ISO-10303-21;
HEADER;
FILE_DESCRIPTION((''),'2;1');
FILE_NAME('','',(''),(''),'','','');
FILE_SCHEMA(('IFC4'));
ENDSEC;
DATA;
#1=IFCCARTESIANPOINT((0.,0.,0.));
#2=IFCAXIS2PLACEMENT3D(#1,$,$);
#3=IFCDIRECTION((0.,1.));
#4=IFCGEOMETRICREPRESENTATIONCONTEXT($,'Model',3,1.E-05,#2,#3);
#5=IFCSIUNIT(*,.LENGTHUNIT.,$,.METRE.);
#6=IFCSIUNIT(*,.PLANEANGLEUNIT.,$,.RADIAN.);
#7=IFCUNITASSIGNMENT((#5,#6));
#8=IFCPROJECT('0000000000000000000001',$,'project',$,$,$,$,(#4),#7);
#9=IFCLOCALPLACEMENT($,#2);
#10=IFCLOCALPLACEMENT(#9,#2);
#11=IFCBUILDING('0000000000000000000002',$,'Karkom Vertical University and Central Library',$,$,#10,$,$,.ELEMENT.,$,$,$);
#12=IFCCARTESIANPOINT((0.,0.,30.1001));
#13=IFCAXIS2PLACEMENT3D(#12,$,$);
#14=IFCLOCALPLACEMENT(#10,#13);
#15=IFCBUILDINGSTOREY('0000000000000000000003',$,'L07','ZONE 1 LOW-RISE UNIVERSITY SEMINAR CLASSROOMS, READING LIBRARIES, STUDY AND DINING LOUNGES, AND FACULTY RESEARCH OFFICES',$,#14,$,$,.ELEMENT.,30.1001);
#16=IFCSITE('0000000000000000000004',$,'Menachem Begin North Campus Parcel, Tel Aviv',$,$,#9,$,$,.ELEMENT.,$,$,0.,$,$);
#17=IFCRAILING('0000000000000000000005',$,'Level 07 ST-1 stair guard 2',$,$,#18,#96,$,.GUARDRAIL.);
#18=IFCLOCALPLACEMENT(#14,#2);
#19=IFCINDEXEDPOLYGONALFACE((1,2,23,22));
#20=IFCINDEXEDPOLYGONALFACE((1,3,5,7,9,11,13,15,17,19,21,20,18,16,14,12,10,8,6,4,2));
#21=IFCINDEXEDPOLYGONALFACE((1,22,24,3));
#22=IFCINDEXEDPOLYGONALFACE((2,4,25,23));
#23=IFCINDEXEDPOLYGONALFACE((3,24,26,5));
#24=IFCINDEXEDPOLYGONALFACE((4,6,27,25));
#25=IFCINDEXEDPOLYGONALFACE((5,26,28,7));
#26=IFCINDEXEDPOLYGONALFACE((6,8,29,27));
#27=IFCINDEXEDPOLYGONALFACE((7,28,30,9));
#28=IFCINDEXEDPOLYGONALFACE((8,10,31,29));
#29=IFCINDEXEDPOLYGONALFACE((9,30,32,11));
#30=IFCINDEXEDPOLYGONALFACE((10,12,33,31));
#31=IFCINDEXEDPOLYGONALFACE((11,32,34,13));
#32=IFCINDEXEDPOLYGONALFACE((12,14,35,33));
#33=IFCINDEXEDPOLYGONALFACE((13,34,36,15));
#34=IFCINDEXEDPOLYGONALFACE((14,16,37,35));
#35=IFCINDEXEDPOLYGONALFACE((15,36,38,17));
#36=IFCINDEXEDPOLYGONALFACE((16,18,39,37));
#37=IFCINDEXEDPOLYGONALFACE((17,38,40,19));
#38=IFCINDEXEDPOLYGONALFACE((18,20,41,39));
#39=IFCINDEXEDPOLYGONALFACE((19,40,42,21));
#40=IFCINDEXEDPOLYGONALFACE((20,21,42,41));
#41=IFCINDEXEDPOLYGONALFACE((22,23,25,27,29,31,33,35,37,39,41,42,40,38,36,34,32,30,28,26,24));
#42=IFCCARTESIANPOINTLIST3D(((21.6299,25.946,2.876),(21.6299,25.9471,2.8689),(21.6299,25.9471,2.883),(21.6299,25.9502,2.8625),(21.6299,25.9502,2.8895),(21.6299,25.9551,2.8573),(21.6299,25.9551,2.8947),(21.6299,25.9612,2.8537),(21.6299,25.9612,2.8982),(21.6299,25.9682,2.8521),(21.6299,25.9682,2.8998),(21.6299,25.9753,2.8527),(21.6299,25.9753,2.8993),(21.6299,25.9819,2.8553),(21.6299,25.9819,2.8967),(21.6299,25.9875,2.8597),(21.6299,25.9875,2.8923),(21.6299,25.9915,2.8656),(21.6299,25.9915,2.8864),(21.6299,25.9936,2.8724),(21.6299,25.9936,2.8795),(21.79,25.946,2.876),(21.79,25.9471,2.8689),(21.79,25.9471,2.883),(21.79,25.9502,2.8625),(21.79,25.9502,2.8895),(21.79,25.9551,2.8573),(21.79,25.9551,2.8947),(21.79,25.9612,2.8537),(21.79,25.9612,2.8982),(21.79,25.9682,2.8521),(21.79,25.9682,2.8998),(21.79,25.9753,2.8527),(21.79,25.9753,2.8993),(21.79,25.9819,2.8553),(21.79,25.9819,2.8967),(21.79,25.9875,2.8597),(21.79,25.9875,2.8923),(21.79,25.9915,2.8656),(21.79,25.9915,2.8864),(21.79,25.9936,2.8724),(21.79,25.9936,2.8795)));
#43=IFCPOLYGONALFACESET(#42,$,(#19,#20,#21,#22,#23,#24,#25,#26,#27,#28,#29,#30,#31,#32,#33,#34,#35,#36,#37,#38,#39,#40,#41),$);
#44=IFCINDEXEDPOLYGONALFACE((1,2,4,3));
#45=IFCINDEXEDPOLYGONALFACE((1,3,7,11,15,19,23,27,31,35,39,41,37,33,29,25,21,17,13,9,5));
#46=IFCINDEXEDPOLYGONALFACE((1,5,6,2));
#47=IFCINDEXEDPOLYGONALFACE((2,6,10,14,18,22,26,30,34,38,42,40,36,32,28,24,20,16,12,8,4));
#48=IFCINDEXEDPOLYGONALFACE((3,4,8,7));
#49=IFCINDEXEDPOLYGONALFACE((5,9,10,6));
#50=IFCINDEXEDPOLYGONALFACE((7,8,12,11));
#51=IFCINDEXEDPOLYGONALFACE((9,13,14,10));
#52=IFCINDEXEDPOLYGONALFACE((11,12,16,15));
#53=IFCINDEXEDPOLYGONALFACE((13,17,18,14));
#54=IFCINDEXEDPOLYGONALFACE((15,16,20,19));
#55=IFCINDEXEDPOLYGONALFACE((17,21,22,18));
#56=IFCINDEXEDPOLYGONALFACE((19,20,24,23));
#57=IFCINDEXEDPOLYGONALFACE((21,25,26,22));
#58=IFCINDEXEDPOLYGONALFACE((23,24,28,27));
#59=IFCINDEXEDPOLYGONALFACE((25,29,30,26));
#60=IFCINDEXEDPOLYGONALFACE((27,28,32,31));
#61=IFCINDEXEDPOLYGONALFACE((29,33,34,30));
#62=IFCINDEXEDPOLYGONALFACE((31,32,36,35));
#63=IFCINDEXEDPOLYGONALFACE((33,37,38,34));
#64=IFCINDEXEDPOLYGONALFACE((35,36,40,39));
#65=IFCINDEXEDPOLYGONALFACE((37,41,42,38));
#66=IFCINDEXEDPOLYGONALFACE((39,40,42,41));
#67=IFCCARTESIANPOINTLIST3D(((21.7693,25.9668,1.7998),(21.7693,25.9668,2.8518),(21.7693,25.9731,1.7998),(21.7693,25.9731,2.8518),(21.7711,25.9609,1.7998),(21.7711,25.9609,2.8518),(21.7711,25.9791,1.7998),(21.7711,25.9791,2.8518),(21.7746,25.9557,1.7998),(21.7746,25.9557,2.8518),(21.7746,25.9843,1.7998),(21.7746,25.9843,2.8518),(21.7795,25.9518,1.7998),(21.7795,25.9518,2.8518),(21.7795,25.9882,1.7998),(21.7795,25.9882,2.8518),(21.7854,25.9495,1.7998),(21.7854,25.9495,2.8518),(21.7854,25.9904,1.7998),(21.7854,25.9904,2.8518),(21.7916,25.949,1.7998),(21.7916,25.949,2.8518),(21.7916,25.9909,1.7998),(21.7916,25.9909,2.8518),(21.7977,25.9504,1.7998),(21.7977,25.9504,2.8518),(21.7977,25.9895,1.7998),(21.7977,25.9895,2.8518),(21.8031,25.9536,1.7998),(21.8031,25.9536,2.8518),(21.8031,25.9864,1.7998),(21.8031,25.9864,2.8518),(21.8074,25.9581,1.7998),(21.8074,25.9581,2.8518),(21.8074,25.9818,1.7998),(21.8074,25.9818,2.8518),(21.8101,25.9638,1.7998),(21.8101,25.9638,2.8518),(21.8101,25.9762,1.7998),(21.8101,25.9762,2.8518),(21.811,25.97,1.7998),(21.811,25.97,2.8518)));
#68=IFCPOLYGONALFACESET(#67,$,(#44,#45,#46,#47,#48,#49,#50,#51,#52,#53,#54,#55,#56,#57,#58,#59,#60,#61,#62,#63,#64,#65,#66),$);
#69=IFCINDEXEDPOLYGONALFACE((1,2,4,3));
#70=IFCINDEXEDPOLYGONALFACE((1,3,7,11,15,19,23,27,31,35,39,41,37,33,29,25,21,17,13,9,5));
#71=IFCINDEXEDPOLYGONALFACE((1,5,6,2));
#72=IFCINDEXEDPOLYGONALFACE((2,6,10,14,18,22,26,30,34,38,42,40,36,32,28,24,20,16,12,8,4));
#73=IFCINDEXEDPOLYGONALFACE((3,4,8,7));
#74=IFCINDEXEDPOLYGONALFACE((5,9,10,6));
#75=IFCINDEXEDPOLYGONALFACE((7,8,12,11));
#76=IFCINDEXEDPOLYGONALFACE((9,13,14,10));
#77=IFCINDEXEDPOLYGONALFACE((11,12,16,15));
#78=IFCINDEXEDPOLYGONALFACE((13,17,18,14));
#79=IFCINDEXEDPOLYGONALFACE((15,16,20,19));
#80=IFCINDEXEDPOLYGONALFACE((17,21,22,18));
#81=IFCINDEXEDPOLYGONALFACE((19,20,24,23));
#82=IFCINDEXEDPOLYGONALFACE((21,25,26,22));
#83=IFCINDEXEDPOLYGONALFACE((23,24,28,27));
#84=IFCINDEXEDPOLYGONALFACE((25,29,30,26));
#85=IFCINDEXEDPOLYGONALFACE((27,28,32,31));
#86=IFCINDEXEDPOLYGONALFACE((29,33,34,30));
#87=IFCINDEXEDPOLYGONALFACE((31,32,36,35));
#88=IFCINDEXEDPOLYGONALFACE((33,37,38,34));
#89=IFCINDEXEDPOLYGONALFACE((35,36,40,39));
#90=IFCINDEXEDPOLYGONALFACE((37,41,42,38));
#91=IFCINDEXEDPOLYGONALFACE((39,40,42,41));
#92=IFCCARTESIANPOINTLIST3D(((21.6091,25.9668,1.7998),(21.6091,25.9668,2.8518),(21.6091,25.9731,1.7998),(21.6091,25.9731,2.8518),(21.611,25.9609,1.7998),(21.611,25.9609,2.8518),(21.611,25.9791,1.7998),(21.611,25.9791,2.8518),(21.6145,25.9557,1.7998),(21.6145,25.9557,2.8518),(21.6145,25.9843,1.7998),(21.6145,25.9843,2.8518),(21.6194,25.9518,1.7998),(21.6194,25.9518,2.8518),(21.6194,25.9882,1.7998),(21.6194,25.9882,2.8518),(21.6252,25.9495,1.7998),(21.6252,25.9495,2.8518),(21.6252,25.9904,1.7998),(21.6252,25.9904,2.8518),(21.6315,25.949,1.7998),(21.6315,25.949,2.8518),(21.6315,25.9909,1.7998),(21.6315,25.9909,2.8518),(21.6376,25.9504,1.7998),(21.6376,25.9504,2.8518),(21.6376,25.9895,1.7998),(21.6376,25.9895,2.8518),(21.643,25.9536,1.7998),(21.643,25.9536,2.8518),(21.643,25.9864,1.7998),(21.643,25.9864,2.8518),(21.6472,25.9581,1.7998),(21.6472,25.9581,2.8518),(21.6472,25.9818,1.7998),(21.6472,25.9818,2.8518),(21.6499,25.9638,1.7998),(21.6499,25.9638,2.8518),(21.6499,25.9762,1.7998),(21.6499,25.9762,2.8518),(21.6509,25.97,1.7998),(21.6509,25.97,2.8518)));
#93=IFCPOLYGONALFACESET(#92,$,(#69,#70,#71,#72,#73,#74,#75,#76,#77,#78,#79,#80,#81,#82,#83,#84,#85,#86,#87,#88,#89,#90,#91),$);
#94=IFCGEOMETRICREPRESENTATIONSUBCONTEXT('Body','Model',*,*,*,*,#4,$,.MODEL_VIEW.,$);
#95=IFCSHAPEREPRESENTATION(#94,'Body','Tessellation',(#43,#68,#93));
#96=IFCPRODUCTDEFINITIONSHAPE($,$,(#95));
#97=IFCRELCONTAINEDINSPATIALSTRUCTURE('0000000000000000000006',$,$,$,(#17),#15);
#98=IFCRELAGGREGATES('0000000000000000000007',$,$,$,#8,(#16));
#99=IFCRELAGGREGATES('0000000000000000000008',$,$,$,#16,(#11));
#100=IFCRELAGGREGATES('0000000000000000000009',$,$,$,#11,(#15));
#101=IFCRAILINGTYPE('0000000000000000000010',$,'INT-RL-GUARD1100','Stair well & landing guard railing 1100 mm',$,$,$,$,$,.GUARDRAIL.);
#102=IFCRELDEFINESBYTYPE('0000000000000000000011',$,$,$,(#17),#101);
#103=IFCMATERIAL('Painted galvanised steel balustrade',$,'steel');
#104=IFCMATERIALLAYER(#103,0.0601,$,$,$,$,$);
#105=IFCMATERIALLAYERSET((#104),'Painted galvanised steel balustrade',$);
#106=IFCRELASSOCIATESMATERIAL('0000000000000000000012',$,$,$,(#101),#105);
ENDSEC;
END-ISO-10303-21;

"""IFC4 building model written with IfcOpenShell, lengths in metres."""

from ifc_helpers import new_model, si_unit, direction, frame, origin, origin_2d, place, context, subcontext, project, spatial, circle, extrude, material, layer, layer_set, type_object, element, save


model = new_model("IFC4")

# Units and contexts
model_context = context("Model", 3, precision=1e-05, world=origin(), true_north=direction((0.0, 1.0)))
body_context = subcontext(model_context, "Body", "Model", "MODEL_VIEW")
ifc_project = project(units=[si_unit("LENGTHUNIT", "METRE"), si_unit("PLANEANGLEUNIT", "RADIAN")], contexts=[model_context])

# Site, building, storey
site_placement = place(None, origin())
site = spatial("IfcSite", under=ifc_project, at=site_placement, Name="Menachem Begin North Campus Parcel, Tel Aviv", CompositionType="ELEMENT", RefElevation=0.0)
building_placement = place(site_placement, origin())
building = spatial("IfcBuilding", under=site, at=building_placement, Name="Karkom Vertical University and Central Library", CompositionType="ELEMENT")
storey_placement = place(building_placement, frame((0.0, 0.0, 30.1001)))
storey = spatial("IfcBuildingStorey", under=building, at=storey_placement, Name="L07", Description="ZONE 1 LOW-RISE UNIVERSITY SEMINAR CLASSROOMS, READING LIBRARIES, STUDY AND DINING LOUNGES, AND FACULTY RESEARCH OFFICES", CompositionType="ELEMENT", Elevation=30.1001)

# Railing
ifc_material_1 = material(Name="Painted galvanised steel balustrade", Category="steel")
ifc_layer_1 = layer(ifc_material_1, 0.0601)
ifc_layer_set_1 = layer_set([ifc_layer_1], Name="Painted galvanised steel balustrade")
railing_type_1 = type_object("IfcRailingType", Name="INT-RL-GUARD1100", Description="Stair well & landing guard railing 1100 mm", PredefinedType="GUARDRAIL", material=ifc_layer_set_1)
railing_1_placement = place(storey_placement, frame((21.79, 25.97, 1.7998)))
element("IfcRailing", 1, at=railing_1_placement, inside=storey, type_object=railing_type_1, Name="Level 07 ST-1 stair guard 2", PredefinedType="GUARDRAIL", context=body_context, shape_type="SweptSolid", body=[
    extrude(circle(Radius=0.0239, at=origin_2d()), frame((0.0, 0.0, 1.0762), z_axis=(-1.0, 0.0, 0.0), x_axis=(0.0, -1.0, 0.0)), (0.0, 0.0, 1.0), 0.1602),
    extrude(circle(Radius=0.021, at=origin_2d()), origin(), (0.0, 0.0, 1.0), 1.052),
    extrude(circle(Radius=0.021, at=origin_2d()), frame((-0.1602, 0.0, 0.0)), (0.0, 0.0, 1.0), 1.052),
])

save(model, "model.ifc")
